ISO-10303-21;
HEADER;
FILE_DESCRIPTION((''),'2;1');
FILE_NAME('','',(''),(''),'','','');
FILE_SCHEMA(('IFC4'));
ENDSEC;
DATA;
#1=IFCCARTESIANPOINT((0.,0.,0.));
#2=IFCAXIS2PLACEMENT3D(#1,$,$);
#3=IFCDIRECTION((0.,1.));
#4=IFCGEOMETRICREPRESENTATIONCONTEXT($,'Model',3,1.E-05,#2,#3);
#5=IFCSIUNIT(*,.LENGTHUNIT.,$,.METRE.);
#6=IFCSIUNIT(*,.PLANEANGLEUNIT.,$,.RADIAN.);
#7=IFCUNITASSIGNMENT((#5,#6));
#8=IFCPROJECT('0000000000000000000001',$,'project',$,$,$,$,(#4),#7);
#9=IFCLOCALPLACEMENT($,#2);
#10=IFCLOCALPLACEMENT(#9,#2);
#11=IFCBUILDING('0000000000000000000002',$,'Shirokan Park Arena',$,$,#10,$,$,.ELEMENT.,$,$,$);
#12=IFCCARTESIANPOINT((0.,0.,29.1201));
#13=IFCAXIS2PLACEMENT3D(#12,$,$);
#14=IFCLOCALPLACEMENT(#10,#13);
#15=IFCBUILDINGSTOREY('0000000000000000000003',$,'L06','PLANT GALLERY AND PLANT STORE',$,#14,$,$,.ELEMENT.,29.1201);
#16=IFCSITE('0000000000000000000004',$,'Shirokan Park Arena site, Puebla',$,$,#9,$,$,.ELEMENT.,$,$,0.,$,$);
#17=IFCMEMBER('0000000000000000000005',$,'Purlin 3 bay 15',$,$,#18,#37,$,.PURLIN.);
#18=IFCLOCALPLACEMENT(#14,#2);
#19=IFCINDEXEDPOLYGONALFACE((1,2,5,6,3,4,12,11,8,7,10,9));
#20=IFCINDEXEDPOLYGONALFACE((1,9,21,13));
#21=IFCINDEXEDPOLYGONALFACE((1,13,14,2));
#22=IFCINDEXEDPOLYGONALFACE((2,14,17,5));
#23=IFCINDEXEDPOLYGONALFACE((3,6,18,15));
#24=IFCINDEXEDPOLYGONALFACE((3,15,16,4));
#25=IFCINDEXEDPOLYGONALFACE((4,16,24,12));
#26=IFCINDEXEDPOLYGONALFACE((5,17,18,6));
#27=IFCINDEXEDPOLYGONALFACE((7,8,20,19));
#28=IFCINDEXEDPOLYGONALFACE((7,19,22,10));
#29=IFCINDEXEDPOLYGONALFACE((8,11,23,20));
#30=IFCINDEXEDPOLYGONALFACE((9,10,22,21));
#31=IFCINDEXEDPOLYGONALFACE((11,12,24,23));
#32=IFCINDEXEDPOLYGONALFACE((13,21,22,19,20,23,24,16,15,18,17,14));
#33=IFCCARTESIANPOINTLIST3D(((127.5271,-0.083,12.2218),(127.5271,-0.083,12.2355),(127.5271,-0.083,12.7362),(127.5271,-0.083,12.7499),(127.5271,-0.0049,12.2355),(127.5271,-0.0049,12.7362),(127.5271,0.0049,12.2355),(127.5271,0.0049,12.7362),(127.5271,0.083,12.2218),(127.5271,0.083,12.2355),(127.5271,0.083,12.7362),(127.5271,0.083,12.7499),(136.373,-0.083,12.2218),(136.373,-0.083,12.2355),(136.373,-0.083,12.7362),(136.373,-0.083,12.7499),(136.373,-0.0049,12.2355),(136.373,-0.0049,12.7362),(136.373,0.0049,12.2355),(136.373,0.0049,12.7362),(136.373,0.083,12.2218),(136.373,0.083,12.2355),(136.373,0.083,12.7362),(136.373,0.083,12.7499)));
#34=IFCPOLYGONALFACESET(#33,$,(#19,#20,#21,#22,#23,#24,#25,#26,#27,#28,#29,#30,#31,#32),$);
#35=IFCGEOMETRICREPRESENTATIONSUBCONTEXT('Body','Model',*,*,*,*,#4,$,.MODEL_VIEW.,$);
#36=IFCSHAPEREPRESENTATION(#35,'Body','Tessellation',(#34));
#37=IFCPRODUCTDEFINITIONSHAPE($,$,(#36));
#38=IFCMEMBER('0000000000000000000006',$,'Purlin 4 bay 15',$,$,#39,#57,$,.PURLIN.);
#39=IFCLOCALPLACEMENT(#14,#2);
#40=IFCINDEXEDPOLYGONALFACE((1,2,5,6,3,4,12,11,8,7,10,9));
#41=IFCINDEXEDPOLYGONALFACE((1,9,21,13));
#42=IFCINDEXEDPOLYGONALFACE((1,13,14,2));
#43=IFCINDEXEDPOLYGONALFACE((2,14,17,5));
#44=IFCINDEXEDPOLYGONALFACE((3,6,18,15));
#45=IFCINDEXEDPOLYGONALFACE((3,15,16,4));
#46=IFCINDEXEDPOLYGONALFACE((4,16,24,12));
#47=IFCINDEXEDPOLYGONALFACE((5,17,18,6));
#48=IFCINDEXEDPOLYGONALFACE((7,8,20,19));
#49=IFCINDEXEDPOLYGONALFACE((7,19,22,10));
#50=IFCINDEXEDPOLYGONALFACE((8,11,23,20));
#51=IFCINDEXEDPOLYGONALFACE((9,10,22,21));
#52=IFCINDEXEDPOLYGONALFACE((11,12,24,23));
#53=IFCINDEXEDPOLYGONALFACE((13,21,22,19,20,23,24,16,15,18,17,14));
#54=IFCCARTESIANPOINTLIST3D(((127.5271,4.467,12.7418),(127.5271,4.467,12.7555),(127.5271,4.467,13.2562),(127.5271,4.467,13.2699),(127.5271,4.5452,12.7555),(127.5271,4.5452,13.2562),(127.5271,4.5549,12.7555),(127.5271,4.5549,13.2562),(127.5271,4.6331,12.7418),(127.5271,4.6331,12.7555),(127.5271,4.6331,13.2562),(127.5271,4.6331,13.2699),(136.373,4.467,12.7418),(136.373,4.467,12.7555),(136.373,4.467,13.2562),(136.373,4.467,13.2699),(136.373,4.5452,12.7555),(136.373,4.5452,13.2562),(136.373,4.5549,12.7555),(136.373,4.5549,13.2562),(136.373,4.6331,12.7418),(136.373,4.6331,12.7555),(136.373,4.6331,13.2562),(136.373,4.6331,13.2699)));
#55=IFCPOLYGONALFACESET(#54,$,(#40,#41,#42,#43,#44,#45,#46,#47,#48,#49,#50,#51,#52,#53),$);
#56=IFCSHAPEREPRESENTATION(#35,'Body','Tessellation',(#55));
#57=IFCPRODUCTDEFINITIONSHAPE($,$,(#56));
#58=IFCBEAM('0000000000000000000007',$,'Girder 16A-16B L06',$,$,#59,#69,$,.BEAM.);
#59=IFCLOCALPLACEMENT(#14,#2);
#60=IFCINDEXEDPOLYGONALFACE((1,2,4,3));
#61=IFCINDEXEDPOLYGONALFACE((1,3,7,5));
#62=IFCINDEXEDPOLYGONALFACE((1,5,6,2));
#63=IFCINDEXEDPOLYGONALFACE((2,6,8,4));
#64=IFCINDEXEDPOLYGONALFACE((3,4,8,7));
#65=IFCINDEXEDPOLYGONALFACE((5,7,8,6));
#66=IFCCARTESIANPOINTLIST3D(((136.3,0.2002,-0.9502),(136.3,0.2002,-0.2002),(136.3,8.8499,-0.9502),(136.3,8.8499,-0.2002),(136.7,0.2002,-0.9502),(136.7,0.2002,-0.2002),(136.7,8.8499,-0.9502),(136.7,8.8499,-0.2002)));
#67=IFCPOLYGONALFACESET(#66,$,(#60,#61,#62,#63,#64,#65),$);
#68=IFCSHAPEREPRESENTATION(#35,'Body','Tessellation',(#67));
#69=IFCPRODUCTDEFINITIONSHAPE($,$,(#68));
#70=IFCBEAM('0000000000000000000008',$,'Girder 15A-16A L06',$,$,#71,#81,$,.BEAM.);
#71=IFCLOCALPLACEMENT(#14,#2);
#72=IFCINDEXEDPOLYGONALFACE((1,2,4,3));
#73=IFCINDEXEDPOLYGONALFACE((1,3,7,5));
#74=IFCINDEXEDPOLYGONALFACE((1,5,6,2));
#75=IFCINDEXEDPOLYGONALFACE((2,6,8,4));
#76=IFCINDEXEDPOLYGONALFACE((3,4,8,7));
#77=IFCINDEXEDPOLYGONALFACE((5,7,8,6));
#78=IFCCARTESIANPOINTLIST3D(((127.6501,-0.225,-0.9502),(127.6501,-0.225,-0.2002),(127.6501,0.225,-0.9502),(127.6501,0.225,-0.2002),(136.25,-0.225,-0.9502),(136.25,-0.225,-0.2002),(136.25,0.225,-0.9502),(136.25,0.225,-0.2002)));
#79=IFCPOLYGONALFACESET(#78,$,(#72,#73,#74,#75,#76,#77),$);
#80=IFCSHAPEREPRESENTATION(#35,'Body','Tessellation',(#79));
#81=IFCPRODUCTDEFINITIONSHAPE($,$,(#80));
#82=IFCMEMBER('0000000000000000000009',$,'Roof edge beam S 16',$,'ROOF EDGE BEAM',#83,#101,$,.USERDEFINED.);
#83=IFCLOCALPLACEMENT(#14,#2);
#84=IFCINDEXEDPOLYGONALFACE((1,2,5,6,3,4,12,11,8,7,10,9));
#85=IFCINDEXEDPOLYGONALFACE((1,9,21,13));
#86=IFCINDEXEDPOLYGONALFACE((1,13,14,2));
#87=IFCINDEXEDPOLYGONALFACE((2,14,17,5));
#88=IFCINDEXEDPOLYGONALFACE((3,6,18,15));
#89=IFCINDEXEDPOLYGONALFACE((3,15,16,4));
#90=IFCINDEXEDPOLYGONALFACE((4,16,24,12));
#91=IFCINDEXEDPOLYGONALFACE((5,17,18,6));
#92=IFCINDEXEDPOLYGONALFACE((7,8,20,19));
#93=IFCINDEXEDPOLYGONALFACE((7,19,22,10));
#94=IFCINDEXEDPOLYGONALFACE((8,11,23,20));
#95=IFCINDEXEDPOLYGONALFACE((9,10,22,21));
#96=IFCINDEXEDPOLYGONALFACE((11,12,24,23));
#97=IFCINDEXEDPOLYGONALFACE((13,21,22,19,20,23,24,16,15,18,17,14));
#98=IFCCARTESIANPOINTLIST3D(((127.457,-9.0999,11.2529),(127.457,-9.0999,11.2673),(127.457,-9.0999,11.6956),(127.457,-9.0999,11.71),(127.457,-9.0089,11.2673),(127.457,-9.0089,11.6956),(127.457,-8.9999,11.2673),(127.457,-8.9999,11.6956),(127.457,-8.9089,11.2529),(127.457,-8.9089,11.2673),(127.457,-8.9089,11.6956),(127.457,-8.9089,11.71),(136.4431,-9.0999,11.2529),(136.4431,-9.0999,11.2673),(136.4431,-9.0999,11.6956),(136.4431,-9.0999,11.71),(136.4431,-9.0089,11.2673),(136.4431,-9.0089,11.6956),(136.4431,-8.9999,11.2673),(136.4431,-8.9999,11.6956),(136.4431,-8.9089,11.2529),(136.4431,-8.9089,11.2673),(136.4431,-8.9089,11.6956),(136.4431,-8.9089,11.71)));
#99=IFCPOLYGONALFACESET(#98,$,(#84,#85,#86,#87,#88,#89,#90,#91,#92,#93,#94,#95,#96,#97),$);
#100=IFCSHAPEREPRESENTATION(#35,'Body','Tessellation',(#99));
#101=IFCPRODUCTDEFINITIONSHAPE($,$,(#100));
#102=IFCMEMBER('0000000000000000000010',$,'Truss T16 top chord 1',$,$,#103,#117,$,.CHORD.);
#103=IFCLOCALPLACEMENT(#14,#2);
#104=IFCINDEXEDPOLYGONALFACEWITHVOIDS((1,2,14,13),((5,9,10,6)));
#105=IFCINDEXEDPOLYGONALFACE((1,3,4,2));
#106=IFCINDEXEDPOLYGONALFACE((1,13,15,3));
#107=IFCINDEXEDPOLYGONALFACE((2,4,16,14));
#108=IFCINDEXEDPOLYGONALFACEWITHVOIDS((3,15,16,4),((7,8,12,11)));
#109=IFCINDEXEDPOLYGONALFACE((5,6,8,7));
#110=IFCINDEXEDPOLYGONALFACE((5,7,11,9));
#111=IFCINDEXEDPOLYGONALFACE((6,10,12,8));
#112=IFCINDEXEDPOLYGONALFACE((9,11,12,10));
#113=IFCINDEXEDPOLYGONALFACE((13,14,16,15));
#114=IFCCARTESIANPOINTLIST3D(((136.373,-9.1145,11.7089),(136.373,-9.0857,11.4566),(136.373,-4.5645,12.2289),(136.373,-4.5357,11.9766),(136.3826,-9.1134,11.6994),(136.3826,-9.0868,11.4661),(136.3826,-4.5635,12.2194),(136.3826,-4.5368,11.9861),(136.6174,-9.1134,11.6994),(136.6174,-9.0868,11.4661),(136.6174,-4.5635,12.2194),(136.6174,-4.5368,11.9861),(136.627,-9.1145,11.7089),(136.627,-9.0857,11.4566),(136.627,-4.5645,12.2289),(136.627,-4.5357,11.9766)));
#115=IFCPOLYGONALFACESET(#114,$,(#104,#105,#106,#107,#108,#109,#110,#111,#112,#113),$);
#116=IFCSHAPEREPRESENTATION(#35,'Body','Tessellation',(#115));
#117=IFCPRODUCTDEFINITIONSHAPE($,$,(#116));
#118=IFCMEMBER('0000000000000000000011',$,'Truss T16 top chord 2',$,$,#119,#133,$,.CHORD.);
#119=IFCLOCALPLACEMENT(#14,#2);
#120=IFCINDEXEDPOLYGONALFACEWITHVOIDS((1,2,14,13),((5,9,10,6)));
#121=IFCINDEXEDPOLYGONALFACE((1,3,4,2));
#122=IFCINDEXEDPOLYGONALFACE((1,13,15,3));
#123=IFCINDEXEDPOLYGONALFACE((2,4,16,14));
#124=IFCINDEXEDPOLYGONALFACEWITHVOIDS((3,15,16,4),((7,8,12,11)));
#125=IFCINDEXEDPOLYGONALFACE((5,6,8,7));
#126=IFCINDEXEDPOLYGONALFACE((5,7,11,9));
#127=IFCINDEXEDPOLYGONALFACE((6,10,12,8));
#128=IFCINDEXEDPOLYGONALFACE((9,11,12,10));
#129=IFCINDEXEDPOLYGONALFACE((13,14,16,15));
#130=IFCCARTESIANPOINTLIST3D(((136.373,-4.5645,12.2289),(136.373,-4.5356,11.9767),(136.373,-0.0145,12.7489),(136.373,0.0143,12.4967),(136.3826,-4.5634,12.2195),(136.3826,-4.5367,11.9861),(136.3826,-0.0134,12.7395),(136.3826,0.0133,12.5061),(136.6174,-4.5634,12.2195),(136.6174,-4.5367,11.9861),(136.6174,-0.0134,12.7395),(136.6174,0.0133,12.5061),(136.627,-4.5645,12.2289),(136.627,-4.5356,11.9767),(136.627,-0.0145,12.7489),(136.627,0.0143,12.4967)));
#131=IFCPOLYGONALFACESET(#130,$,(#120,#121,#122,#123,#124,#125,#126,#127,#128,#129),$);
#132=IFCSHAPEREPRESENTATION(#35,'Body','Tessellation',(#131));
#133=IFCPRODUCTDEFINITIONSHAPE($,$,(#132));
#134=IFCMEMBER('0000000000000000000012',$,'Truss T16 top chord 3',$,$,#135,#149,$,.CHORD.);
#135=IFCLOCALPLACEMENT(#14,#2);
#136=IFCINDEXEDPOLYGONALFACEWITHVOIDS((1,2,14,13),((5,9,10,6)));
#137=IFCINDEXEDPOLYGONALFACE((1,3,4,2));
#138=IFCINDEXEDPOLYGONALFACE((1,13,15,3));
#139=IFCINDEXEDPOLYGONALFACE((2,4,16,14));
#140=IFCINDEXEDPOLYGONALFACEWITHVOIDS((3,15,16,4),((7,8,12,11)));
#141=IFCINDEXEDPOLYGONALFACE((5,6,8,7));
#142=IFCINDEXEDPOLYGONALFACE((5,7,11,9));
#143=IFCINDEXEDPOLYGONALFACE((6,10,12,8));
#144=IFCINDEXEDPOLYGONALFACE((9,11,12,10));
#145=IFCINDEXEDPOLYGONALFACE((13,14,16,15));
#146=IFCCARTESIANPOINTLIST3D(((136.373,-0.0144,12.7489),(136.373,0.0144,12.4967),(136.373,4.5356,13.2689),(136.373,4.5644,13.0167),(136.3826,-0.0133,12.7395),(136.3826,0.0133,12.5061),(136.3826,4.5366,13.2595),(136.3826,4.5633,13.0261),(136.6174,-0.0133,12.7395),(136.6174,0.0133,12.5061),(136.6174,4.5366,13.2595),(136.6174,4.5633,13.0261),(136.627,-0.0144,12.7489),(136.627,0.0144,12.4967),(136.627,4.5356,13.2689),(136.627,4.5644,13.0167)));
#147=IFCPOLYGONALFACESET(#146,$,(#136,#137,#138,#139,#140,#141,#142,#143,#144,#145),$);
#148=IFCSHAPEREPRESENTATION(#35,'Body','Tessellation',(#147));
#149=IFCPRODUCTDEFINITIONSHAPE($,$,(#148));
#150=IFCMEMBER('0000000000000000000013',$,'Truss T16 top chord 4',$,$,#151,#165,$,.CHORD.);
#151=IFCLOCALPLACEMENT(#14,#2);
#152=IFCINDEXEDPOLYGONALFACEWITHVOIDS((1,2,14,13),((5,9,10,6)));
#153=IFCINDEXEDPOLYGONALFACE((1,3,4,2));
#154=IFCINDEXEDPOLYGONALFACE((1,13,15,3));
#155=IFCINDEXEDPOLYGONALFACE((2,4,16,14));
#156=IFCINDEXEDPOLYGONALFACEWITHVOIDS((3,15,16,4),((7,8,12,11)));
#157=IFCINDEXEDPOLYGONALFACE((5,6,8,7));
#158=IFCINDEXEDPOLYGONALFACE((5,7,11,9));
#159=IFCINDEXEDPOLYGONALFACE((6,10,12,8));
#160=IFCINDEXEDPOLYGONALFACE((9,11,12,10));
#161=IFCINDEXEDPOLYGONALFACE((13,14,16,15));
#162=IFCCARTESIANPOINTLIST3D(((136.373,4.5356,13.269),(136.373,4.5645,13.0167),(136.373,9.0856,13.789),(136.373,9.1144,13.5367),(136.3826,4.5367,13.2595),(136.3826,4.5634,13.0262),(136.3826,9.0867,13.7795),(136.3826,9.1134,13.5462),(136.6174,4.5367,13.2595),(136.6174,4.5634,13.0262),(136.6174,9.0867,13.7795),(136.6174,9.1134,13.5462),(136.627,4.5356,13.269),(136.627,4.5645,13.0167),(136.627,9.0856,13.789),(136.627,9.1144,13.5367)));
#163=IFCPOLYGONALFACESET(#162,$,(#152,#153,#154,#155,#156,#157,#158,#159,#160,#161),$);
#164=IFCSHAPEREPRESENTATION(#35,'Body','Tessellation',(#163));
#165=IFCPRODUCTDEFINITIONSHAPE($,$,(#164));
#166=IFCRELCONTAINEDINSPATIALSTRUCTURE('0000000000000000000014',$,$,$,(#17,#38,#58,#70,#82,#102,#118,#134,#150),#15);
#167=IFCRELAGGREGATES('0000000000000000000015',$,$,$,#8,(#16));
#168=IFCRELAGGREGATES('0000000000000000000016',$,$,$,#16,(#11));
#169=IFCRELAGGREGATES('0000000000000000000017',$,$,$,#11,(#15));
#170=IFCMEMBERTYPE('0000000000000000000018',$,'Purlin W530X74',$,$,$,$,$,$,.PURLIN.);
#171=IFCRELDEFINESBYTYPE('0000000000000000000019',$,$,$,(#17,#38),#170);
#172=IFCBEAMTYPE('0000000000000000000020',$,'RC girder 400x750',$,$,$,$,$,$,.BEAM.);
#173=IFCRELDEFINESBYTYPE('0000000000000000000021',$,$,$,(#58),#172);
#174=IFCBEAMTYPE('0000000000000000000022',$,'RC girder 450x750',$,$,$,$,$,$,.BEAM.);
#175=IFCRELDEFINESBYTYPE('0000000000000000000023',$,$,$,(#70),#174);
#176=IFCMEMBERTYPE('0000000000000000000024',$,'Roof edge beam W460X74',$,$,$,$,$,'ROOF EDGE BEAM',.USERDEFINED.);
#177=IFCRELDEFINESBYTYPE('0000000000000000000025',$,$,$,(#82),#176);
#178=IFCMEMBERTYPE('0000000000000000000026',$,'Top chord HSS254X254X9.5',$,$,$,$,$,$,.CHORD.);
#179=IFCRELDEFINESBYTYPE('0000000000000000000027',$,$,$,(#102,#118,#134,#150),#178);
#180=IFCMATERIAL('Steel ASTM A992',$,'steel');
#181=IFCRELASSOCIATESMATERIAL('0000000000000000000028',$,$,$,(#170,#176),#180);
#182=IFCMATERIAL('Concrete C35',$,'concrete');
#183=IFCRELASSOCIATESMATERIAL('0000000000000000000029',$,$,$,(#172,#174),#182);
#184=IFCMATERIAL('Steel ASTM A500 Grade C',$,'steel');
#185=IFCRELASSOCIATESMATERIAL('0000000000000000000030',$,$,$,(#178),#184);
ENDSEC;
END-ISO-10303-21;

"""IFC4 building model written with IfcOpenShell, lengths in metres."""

from ifc_helpers import new_model, si_unit, direction, frame, origin, origin_2d, place, context, subcontext, project, spatial, rectangle, hollow_rectangle, i_section, extrude, material, material_profile, profile_set, type_object, element, save


model = new_model("IFC4")

# Units and contexts
model_context = context("Model", 3, precision=1e-05, world=origin(), true_north=direction((0.0, 1.0)))
body_context = subcontext(model_context, "Body", "Model", "MODEL_VIEW")
ifc_project = project(units=[si_unit("LENGTHUNIT", "METRE"), si_unit("PLANEANGLEUNIT", "RADIAN")], contexts=[model_context])

# Site, building, storey
site_placement = place(None, origin())
site = spatial("IfcSite", under=ifc_project, at=site_placement, Name="Shirokan Park Arena site, Puebla", CompositionType="ELEMENT", RefElevation=0.0)
building_placement = place(site_placement, origin())
building = spatial("IfcBuilding", under=site, at=building_placement, Name="Shirokan Park Arena", CompositionType="ELEMENT")
storey_placement = place(building_placement, frame((0.0, 0.0, 29.1201)))
storey = spatial("IfcBuildingStorey", under=building, at=storey_placement, Name="L06", Description="PLANT GALLERY AND PLANT STORE", CompositionType="ELEMENT", Elevation=29.1201)

# Shared definitions
ifc_material_1 = material(Name="Concrete C35", Category="concrete")

# Members
ifc_material_2 = material(Name="Steel ASTM A500 Grade C", Category="steel")
ifc_material_3 = material(Name="Steel ASTM A992", Category="steel")
ifc_material_profile_1 = material_profile(ifc_material_3, i_section(OverallWidth=0.166, OverallDepth=0.5281, WebThickness=0.0098, FlangeThickness=0.0137, at=origin_2d()), Name="W530X74")
ifc_profile_set_1 = profile_set([ifc_material_profile_1], Name="Steel ASTM A992")
member_type_1 = type_object("IfcMemberType", Name="Purlin W530X74", PredefinedType="PURLIN", material=ifc_profile_set_1)
for number, where, z_axis, x_axis, name in (
    (1, (127.5271, 0.0, 12.4858), (1.0, 0.0, 0.0), (0.0, 1.0, 0.0), "Purlin 3 bay 15"),
    (2, (127.5271, 4.55, 13.0059), (1.0, 0.0, 0.0), (0.0, 1.0, 0.0), "Purlin 4 bay 15"),
):
    element("IfcMember", number, at=place(storey_placement, frame(where, z_axis=z_axis, x_axis=x_axis)), inside=storey, type_object=member_type_1, Name=name, PredefinedType="PURLIN", context=body_context, shape_type="SweptSolid", body=[
        extrude(i_section(OverallWidth=0.166, OverallDepth=0.5281, WebThickness=0.0098, FlangeThickness=0.0137, at=origin_2d()), origin(), (0.0, 0.0, 1.0), 8.8459),
    ])

# Beams
ifc_material_profile_2 = material_profile(ifc_material_1, rectangle(XDim=0.3999, YDim=0.75, at=origin_2d()), Name="400x750")
ifc_profile_set_2 = profile_set([ifc_material_profile_2], Name="Concrete C35")
beam_type_1 = type_object("IfcBeamType", Name="RC girder 400x750", PredefinedType="BEAM", material=ifc_profile_set_2)
beam_1_placement = place(storey_placement, frame((136.5, 0.2002, -0.5752), z_axis=(0.0, 1.0, 0.0), x_axis=(-1.0, 0.0, 0.0)))
element("IfcBeam", 3, at=beam_1_placement, inside=storey, type_object=beam_type_1, Name="Girder 16A-16B L06", PredefinedType="BEAM", context=body_context, shape_type="SweptSolid", body=[
    extrude(rectangle(XDim=0.3999, YDim=0.75, at=origin_2d()), origin(), (0.0, 0.0, 1.0), 8.6497),
])
ifc_material_profile_3 = material_profile(ifc_material_1, rectangle(XDim=0.45, YDim=0.75, at=origin_2d()), Name="450x750")
ifc_profile_set_3 = profile_set([ifc_material_profile_3], Name="Concrete C35")
beam_type_2 = type_object("IfcBeamType", Name="RC girder 450x750", PredefinedType="BEAM", material=ifc_profile_set_3)
beam_2_placement = place(storey_placement, frame((127.6501, 0.0, -0.5752), z_axis=(1.0, 0.0, 0.0), x_axis=(0.0, 1.0, 0.0)))
element("IfcBeam", 4, at=beam_2_placement, inside=storey, type_object=beam_type_2, Name="Girder 15A-16A L06", PredefinedType="BEAM", context=body_context, shape_type="SweptSolid", body=[
    extrude(rectangle(XDim=0.45, YDim=0.75, at=origin_2d()), origin(), (0.0, 0.0, 1.0), 8.5999),
])

# Members
ifc_material_profile_4 = material_profile(ifc_material_3, i_section(OverallWidth=0.1909, OverallDepth=0.457, WebThickness=0.009, FlangeThickness=0.0144, at=origin_2d()), Name="W460X74")
ifc_profile_set_4 = profile_set([ifc_material_profile_4], Name="Steel ASTM A992")
member_type_2 = type_object("IfcMemberType", Name="Roof edge beam W460X74", ElementType="ROOF EDGE BEAM", PredefinedType="USERDEFINED", material=ifc_profile_set_4)
member_1_placement = place(storey_placement, frame((127.457, -9.0044, 11.4814), z_axis=(1.0, 0.0, 0.0), x_axis=(0.0, 1.0, 0.0)))
element("IfcMember", 5, at=member_1_placement, inside=storey, type_object=member_type_2, Name="Roof edge beam S 16", ObjectType="ROOF EDGE BEAM", PredefinedType="USERDEFINED", context=body_context, shape_type="SweptSolid", body=[
    extrude(i_section(OverallWidth=0.1909, OverallDepth=0.457, WebThickness=0.009, FlangeThickness=0.0144, at=origin_2d()), origin(), (0.0, 0.0, 1.0), 8.9861),
])
ifc_material_profile_5 = material_profile(ifc_material_2, hollow_rectangle(XDim=0.2539, YDim=0.2539, WallThickness=0.0095, at=origin_2d()), Name="HSS254X254X9.5")
ifc_profile_set_5 = profile_set([ifc_material_profile_5], Name="Steel ASTM A500 Grade C")
member_type_3 = type_object("IfcMemberType", Name="Top chord HSS254X254X9.5", PredefinedType="CHORD", material=ifc_profile_set_5)
for number, where, z_axis, x_axis, name in (
    (6, (136.5, -9.1001, 11.5828), (0.0, 0.993532, 0.11355), (-1.0, 0.0, 0.0), "Truss T16 top chord 1"),
    (7, (136.5, -4.55, 12.1028), (0.0, 0.993532, 0.11355), (-1.0, 0.0, 0.0), "Truss T16 top chord 2"),
    (8, (136.5, 0.0, 12.6228), (0.0, 0.993532, 0.11355), (-1.0, 0.0, 0.0), "Truss T16 top chord 3"),
    (9, (136.5, 4.55, 13.1428), (0.0, 0.993532, 0.11355), (-1.0, 0.0, 0.0), "Truss T16 top chord 4"),
):
    element("IfcMember", number, at=place(storey_placement, frame(where, z_axis=z_axis, x_axis=x_axis)), inside=storey, type_object=member_type_3, Name=name, PredefinedType="CHORD", context=body_context, shape_type="SweptSolid", body=[
        extrude(hollow_rectangle(XDim=0.2539, YDim=0.2539, WallThickness=0.0095, at=origin_2d()), origin(), (0.0, 0.0, 1.0), 4.5796),
    ])

save(model, "model.ifc")
